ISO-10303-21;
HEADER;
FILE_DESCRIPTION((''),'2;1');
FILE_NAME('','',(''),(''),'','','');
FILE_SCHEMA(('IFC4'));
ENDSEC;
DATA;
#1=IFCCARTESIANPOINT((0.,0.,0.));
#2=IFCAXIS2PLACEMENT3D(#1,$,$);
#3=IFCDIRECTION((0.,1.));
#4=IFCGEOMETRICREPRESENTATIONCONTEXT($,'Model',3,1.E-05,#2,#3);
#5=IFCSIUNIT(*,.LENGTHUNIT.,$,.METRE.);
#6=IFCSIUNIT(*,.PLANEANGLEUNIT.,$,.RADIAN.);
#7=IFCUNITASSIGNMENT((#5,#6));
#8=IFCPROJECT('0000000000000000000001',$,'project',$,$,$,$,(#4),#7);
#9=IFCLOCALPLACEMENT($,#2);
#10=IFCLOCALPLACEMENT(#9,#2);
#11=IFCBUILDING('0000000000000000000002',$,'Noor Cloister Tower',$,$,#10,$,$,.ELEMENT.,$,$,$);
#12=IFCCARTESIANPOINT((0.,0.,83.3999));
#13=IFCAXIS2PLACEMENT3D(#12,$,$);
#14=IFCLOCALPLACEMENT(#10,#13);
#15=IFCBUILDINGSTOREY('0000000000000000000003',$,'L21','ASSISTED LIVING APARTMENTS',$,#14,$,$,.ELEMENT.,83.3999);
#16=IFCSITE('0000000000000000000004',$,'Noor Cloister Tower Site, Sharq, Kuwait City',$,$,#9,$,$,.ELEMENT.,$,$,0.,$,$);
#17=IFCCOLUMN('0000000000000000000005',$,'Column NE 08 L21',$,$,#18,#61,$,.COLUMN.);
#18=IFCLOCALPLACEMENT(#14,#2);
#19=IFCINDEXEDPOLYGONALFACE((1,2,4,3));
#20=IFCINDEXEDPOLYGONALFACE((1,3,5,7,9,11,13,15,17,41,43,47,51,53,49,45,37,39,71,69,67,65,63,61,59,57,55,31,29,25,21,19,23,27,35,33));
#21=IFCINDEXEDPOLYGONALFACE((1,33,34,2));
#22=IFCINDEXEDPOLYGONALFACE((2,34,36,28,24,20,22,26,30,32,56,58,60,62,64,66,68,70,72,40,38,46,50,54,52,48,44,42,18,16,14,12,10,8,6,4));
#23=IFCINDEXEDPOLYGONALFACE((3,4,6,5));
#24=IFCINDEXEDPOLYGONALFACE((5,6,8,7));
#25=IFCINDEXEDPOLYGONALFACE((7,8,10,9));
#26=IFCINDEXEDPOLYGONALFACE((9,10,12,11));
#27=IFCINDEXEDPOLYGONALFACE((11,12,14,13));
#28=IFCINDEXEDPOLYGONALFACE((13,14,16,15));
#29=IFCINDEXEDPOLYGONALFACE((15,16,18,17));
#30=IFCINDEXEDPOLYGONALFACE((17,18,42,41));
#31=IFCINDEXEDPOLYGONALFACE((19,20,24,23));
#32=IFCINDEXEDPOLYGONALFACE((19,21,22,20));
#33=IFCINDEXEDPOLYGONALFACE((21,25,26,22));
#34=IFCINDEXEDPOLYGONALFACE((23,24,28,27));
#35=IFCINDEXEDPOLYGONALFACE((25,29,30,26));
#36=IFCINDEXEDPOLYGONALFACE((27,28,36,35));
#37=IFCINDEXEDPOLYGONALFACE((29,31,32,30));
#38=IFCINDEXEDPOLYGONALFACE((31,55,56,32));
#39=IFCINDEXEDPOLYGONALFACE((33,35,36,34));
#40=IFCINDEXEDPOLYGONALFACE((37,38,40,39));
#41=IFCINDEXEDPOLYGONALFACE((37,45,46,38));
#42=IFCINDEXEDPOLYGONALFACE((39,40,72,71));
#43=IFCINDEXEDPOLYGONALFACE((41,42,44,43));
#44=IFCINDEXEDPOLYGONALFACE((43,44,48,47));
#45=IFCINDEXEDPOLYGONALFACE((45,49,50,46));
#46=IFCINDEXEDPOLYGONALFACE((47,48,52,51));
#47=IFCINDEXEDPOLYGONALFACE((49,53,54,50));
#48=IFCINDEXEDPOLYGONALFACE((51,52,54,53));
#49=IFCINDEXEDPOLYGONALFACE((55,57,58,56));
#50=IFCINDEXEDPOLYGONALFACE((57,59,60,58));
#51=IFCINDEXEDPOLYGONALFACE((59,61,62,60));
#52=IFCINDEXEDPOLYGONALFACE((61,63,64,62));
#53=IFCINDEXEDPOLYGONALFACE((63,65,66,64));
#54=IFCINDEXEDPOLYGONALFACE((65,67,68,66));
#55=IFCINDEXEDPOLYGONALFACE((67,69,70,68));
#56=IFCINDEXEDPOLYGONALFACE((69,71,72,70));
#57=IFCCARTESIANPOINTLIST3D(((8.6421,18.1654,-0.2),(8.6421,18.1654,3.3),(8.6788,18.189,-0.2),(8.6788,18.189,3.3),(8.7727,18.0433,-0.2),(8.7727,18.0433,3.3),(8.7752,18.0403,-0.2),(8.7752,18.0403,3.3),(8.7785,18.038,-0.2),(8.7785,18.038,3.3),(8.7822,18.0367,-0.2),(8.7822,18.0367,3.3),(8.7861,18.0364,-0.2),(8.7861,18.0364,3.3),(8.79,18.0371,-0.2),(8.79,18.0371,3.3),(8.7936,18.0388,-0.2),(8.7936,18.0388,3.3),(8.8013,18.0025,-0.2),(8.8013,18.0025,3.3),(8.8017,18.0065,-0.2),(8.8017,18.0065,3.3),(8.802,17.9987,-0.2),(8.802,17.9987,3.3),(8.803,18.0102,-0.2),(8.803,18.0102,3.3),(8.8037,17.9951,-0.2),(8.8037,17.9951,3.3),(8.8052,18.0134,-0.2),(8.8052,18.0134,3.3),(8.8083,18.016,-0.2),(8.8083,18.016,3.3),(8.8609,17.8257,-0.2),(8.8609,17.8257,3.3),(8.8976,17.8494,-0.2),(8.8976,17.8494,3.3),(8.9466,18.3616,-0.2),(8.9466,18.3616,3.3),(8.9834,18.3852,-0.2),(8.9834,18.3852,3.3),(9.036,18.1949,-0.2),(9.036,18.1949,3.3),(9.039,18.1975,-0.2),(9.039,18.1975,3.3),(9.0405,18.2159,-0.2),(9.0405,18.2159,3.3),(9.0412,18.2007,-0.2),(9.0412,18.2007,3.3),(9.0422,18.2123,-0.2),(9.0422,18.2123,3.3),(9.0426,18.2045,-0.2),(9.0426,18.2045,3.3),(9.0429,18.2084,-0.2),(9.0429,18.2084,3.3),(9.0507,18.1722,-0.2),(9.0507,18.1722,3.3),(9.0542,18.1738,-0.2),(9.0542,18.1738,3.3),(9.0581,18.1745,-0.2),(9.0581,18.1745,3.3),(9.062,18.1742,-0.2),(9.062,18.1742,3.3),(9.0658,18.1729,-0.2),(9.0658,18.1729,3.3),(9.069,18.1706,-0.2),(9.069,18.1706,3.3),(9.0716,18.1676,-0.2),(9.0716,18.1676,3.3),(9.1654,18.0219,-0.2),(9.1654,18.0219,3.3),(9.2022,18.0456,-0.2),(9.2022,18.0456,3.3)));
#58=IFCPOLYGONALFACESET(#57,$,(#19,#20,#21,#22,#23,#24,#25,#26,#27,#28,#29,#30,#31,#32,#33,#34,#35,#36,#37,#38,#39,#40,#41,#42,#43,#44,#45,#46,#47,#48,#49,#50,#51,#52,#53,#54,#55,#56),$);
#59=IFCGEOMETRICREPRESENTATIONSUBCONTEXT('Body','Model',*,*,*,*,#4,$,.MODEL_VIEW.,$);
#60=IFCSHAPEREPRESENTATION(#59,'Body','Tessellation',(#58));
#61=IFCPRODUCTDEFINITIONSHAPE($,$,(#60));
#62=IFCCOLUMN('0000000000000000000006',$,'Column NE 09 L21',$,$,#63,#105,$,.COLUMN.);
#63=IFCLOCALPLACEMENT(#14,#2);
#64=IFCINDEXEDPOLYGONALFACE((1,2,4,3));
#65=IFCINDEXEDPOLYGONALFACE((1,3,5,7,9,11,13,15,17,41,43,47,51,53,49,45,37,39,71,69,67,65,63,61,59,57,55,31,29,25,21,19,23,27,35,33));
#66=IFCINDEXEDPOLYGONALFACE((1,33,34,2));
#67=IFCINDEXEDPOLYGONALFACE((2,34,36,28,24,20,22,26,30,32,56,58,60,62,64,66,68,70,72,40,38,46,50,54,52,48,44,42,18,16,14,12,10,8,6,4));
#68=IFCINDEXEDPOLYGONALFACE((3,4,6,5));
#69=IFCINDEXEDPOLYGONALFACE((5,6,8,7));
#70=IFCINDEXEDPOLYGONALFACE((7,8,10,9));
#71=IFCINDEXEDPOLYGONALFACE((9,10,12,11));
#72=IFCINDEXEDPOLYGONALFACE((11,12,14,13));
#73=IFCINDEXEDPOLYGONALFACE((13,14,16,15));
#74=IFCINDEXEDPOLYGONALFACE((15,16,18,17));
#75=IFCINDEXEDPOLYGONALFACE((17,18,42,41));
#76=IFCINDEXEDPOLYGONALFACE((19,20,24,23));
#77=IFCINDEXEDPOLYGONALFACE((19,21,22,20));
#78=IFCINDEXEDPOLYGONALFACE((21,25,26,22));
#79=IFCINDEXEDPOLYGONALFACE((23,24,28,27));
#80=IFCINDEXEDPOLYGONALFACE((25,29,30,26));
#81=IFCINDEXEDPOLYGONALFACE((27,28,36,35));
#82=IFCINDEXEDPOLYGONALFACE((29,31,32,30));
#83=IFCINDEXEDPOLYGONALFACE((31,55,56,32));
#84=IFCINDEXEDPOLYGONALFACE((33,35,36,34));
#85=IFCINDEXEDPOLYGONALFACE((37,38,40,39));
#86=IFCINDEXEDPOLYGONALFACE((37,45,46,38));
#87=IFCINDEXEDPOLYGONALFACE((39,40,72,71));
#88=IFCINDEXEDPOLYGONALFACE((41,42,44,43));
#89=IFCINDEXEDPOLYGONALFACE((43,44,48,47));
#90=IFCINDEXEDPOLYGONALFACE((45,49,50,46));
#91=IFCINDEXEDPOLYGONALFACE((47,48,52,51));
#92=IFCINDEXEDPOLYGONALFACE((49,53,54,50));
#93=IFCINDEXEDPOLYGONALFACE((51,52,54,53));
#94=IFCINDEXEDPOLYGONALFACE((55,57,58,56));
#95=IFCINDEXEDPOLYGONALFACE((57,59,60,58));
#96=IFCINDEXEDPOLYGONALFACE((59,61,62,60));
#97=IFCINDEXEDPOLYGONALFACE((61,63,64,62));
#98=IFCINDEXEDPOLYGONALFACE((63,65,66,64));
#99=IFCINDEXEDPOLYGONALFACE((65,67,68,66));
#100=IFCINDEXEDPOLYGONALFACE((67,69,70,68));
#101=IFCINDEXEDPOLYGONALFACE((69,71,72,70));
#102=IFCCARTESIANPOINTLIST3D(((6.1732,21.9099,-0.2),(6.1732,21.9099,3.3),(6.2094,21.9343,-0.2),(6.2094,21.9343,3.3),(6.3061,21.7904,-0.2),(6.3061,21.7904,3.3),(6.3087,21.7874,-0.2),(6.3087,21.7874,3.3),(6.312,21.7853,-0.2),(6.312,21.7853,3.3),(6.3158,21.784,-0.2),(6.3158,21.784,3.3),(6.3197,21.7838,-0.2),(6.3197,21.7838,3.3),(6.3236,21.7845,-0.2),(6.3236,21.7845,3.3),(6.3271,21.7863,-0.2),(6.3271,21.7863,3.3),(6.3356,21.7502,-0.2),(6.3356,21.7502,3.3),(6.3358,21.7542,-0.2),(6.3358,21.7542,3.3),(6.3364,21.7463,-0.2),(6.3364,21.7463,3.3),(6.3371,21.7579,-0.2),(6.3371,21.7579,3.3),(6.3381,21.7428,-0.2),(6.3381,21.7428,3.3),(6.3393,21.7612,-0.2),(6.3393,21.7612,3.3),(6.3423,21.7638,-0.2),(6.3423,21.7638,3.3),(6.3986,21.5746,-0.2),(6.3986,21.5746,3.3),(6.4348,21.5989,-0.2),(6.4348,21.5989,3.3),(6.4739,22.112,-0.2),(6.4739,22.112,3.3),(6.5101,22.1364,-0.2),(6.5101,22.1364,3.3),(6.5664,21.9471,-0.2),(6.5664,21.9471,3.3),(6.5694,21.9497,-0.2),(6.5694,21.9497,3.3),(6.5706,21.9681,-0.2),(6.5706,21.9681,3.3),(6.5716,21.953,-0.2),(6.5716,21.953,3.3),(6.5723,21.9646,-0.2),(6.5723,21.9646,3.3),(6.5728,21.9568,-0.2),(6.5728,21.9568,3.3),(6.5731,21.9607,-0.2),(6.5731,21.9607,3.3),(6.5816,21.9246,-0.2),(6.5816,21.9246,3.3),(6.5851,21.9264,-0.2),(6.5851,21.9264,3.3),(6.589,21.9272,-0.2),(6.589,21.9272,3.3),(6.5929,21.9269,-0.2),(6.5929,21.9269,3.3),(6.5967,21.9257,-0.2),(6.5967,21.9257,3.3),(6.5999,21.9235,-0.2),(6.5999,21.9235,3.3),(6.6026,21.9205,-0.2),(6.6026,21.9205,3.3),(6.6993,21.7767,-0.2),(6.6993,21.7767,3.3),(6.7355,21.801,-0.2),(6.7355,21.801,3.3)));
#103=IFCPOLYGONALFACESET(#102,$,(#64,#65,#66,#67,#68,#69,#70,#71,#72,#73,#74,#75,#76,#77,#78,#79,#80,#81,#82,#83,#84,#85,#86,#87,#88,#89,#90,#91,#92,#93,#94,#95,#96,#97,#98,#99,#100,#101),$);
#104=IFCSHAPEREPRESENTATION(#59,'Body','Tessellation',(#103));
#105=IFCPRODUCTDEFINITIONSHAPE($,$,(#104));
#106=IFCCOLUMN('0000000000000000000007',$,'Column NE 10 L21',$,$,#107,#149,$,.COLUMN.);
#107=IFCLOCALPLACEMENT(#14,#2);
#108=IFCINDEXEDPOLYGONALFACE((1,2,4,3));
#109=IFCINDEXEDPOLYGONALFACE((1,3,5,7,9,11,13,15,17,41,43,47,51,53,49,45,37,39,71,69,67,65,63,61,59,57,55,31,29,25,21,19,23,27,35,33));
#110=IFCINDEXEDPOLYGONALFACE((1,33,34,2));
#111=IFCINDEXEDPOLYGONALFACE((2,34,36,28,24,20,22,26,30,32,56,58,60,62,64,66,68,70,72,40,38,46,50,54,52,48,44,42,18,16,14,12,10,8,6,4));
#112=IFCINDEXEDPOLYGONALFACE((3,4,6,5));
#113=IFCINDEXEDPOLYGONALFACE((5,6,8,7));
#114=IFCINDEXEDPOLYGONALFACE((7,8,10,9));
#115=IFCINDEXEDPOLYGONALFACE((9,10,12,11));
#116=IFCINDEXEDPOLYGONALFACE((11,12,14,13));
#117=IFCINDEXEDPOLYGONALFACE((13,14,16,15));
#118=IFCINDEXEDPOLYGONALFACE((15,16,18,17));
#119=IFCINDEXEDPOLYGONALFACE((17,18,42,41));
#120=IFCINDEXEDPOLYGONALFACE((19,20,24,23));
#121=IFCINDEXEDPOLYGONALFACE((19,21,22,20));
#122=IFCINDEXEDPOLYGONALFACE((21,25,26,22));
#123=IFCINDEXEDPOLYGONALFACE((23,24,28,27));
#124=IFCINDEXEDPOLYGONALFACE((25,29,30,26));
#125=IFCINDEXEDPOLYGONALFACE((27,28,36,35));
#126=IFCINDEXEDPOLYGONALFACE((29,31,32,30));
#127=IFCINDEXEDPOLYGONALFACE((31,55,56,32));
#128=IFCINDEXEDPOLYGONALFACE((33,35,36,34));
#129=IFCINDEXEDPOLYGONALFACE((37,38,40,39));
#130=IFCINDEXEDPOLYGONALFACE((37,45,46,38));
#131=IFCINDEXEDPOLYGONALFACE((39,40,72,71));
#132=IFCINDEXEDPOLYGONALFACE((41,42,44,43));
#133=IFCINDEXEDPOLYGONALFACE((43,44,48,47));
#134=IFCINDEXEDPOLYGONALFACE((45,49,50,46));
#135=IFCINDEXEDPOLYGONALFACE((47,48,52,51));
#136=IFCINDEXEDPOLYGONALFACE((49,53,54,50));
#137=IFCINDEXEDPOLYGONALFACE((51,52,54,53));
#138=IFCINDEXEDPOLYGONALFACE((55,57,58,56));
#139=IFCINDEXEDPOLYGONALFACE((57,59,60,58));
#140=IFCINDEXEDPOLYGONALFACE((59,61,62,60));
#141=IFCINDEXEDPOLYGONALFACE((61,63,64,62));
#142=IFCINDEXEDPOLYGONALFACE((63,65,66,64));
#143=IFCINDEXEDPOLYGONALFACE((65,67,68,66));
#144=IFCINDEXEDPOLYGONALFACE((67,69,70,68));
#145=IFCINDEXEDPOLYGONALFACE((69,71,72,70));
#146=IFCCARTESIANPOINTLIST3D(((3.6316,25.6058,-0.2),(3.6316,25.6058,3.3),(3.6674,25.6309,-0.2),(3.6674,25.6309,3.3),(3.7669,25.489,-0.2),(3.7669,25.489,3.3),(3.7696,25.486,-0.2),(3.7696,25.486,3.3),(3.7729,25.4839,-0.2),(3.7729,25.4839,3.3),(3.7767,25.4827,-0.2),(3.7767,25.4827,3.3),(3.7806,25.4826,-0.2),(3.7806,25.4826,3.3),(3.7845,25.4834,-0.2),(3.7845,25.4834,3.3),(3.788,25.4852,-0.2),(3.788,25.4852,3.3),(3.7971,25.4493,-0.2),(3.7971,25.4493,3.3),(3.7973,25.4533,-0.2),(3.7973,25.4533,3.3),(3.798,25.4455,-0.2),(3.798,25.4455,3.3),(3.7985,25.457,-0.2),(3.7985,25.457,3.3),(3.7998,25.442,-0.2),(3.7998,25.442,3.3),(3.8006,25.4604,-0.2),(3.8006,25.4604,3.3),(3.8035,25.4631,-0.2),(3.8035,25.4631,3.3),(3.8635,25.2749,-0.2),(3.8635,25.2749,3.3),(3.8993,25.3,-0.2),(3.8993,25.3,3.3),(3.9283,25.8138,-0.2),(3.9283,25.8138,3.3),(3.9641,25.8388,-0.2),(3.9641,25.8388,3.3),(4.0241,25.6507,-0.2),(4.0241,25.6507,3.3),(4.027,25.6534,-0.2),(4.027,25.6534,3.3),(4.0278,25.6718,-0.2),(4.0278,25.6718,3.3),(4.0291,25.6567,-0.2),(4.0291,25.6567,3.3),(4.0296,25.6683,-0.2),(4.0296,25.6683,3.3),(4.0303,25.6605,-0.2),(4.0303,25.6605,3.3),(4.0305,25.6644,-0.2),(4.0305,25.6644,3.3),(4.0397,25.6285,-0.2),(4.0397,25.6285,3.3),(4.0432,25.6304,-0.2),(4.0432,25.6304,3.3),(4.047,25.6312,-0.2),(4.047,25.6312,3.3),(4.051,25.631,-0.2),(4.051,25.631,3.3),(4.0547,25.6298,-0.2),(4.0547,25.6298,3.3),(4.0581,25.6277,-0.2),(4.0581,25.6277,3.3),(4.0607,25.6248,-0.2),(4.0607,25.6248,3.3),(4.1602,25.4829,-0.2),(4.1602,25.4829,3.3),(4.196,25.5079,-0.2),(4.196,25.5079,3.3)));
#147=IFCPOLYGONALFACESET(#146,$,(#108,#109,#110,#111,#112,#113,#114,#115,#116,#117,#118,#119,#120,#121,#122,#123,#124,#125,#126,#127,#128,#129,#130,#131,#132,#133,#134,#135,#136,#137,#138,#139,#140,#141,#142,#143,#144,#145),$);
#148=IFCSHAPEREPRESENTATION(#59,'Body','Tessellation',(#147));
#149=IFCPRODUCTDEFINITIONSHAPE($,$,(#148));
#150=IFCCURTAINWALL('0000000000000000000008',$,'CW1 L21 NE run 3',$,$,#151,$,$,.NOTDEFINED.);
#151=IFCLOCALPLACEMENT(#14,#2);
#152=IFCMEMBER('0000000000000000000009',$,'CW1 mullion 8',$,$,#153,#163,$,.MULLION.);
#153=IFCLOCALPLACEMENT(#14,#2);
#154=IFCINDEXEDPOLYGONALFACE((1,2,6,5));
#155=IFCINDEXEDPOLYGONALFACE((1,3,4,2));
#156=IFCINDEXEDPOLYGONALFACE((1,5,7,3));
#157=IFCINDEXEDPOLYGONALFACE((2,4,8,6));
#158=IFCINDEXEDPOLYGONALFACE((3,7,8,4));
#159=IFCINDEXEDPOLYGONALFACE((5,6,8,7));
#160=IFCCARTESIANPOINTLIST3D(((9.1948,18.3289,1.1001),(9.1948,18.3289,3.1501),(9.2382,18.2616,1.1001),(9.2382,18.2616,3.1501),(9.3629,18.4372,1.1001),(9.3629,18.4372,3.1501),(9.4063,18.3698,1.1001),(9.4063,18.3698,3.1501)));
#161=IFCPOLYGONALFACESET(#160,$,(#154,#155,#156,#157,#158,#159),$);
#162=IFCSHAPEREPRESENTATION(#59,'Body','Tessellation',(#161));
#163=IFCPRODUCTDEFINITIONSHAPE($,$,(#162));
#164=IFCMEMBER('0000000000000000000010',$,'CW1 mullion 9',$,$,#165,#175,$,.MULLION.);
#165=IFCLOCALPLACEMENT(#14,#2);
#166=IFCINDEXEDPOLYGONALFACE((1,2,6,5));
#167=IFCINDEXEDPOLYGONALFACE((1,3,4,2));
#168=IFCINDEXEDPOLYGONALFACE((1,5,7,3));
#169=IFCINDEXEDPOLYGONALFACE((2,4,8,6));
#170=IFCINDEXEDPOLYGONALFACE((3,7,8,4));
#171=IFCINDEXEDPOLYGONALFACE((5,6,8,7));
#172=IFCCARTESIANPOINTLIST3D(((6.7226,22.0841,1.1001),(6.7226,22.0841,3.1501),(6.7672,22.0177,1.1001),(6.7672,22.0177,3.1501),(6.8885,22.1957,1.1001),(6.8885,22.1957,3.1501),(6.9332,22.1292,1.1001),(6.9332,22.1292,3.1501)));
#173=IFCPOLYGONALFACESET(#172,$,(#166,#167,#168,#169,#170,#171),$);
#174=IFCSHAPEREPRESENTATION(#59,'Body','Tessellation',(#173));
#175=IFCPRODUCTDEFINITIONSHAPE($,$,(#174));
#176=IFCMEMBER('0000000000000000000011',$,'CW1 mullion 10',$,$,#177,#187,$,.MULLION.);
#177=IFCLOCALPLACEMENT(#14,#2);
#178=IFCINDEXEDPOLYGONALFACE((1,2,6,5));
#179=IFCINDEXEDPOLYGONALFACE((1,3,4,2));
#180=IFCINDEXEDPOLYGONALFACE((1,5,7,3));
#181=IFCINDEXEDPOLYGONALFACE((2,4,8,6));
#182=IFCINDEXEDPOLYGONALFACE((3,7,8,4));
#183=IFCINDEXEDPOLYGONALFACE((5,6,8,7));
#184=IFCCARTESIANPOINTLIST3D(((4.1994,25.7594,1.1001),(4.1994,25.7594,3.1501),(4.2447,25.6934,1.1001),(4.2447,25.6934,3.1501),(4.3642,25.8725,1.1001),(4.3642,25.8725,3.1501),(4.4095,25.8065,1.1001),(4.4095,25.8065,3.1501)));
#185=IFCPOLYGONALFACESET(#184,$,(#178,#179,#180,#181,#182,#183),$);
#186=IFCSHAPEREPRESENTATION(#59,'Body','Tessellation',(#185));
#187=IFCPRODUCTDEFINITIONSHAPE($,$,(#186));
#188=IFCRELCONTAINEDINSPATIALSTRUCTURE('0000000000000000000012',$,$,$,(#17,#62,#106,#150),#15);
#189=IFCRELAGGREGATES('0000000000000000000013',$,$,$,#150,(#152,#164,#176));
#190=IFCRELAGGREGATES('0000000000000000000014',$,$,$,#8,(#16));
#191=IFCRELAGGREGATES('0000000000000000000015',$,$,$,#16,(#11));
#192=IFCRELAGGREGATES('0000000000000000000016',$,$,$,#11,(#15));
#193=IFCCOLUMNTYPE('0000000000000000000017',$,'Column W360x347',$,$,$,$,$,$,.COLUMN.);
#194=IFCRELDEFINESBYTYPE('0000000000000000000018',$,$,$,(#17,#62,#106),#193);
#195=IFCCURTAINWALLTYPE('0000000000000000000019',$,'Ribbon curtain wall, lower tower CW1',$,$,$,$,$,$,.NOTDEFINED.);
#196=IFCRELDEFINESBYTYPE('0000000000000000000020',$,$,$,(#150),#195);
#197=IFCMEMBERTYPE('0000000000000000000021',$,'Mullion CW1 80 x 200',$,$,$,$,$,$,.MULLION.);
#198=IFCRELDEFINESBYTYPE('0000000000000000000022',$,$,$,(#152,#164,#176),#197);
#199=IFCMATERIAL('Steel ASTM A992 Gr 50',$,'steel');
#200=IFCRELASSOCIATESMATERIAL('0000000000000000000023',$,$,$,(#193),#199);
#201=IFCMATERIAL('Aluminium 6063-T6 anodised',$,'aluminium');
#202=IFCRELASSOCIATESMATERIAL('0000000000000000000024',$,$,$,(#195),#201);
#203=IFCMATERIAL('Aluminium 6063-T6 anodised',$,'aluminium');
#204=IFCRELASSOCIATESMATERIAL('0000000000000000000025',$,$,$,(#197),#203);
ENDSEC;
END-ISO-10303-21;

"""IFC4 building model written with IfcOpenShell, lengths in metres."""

from ifc_helpers import new_model, si_unit, direction, frame, origin, origin_2d, place, context, subcontext, project, spatial, rectangle, i_section, extrude, material, material_profile, profile_set, type_object, element, aggregate, save


model = new_model("IFC4")

# Units and contexts
model_context = context("Model", 3, precision=1e-05, world=origin(), true_north=direction((0.0, 1.0)))
body_context = subcontext(model_context, "Body", "Model", "MODEL_VIEW")
ifc_project = project(units=[si_unit("LENGTHUNIT", "METRE"), si_unit("PLANEANGLEUNIT", "RADIAN")], contexts=[model_context])

# Site, building, storey
site_placement = place(None, origin())
site = spatial("IfcSite", under=ifc_project, at=site_placement, Name="Noor Cloister Tower Site, Sharq, Kuwait City", CompositionType="ELEMENT", RefElevation=0.0)
building_placement = place(site_placement, origin())
building = spatial("IfcBuilding", under=site, at=building_placement, Name="Noor Cloister Tower", CompositionType="ELEMENT")
storey_placement = place(building_placement, frame((0.0, 0.0, 83.3999)))
storey = spatial("IfcBuildingStorey", under=building, at=storey_placement, Name="L21", Description="ASSISTED LIVING APARTMENTS", CompositionType="ELEMENT", Elevation=83.3999)

# Columns
ifc_material_1 = material(Name="Steel ASTM A992 Gr 50", Category="steel")
ifc_material_profile_1 = material_profile(ifc_material_1, i_section(OverallWidth=0.4041, OverallDepth=0.406, WebThickness=0.0271, FlangeThickness=0.0437, FilletRadius=0.0151, at=origin_2d()), Name="W360x347")
ifc_profile_set_1 = profile_set([ifc_material_profile_1], Name="Steel ASTM A992 Gr 50")
column_type = type_object("IfcColumnType", Name="Column W360x347", PredefinedType="COLUMN", material=ifc_profile_set_1)
for number, where, z_axis, x_axis, name in (
    (1, (8.9221, 18.1055, -0.2), (0.0, 0.0, 1.0), (-0.541566, 0.840658, 0.0), "Column NE 08 L21"),
    (2, (6.4543, 21.8555, -0.2), (0.0, 0.0, 1.0), (-0.557838, 0.82995, 0.0), "Column NE 09 L21"),
    (3, (3.9138, 25.5569, -0.2), (0.0, 0.0, 1.0), (-0.573899, 0.818926, 0.0), "Column NE 10 L21"),
):
    element("IfcColumn", number, at=place(storey_placement, frame(where, z_axis=z_axis, x_axis=x_axis)), inside=storey, type_object=column_type, Name=name, PredefinedType="COLUMN", context=body_context, shape_type="SweptSolid", body=[
        extrude(i_section(OverallWidth=0.4041, OverallDepth=0.406, WebThickness=0.0271, FlangeThickness=0.0437, FilletRadius=0.0151, at=origin_2d()), origin(), (0.0, 0.0, 1.0), 3.5),
    ])

# Curtain wall, members
ifc_material_2 = material(Name="Aluminium 6063-T6 anodised", Category="aluminium")
curtain_wall_type = type_object("IfcCurtainWallType", Name="Ribbon curtain wall, lower tower CW1", PredefinedType="NOTDEFINED", material=ifc_material_2)
curtain_wall_placement = place(storey_placement, origin())
curtain_wall = element("IfcCurtainWall", 4, at=curtain_wall_placement, inside=storey, type_object=curtain_wall_type, Name="CW1 L21 NE run 3", PredefinedType="NOTDEFINED")
ifc_material_3 = material(Name="Aluminium 6063-T6 anodised", Category="aluminium")
ifc_material_profile_2 = material_profile(ifc_material_3, rectangle(XDim=0.2, YDim=0.0801, at=origin_2d()), Name="200 x 80 mullion")
ifc_profile_set_2 = profile_set([ifc_material_profile_2], Name="Aluminium 6063-T6 anodised")
member_type = type_object("IfcMemberType", Name="Mullion CW1 80 x 200", PredefinedType="MULLION", material=ifc_profile_set_2)
member_1_placement = place(storey_placement, frame((9.3005, 18.3494, 1.1001), z_axis=(0.0, 0.0, 1.0), x_axis=(-0.840658, -0.541566, 0.0)))
member_1 = element("IfcMember", 5, at=member_1_placement, type_object=member_type, Name="CW1 mullion 8", PredefinedType="MULLION", context=body_context, shape_type="SweptSolid", body=[
    extrude(rectangle(XDim=0.2, YDim=0.0801, at=origin_2d()), origin(), (0.0, 0.0, 1.0), 2.05),
])
member_2_placement = place(storey_placement, frame((6.8279, 22.1067, 1.1001), z_axis=(0.0, 0.0, 1.0), x_axis=(-0.82995, -0.557838, 0.0)))
member_2 = element("IfcMember", 6, at=member_2_placement, type_object=member_type, Name="CW1 mullion 9", PredefinedType="MULLION", context=body_context, shape_type="SweptSolid", body=[
    extrude(rectangle(XDim=0.2, YDim=0.0801, at=origin_2d()), origin(), (0.0, 0.0, 1.0), 2.05),
])
member_3_placement = place(storey_placement, frame((4.3044, 25.783, 1.1001), z_axis=(0.0, 0.0, 1.0), x_axis=(-0.824477, -0.565895, 0.0)))
member_3 = element("IfcMember", 7, at=member_3_placement, type_object=member_type, Name="CW1 mullion 10", PredefinedType="MULLION", context=body_context, shape_type="SweptSolid", body=[
    extrude(rectangle(XDim=0.2, YDim=0.0801, at=origin_2d()), origin(), (0.0, 0.0, 1.0), 2.05),
])

aggregate(curtain_wall, [member_1, member_2, member_3])

save(model, "model.ifc")
